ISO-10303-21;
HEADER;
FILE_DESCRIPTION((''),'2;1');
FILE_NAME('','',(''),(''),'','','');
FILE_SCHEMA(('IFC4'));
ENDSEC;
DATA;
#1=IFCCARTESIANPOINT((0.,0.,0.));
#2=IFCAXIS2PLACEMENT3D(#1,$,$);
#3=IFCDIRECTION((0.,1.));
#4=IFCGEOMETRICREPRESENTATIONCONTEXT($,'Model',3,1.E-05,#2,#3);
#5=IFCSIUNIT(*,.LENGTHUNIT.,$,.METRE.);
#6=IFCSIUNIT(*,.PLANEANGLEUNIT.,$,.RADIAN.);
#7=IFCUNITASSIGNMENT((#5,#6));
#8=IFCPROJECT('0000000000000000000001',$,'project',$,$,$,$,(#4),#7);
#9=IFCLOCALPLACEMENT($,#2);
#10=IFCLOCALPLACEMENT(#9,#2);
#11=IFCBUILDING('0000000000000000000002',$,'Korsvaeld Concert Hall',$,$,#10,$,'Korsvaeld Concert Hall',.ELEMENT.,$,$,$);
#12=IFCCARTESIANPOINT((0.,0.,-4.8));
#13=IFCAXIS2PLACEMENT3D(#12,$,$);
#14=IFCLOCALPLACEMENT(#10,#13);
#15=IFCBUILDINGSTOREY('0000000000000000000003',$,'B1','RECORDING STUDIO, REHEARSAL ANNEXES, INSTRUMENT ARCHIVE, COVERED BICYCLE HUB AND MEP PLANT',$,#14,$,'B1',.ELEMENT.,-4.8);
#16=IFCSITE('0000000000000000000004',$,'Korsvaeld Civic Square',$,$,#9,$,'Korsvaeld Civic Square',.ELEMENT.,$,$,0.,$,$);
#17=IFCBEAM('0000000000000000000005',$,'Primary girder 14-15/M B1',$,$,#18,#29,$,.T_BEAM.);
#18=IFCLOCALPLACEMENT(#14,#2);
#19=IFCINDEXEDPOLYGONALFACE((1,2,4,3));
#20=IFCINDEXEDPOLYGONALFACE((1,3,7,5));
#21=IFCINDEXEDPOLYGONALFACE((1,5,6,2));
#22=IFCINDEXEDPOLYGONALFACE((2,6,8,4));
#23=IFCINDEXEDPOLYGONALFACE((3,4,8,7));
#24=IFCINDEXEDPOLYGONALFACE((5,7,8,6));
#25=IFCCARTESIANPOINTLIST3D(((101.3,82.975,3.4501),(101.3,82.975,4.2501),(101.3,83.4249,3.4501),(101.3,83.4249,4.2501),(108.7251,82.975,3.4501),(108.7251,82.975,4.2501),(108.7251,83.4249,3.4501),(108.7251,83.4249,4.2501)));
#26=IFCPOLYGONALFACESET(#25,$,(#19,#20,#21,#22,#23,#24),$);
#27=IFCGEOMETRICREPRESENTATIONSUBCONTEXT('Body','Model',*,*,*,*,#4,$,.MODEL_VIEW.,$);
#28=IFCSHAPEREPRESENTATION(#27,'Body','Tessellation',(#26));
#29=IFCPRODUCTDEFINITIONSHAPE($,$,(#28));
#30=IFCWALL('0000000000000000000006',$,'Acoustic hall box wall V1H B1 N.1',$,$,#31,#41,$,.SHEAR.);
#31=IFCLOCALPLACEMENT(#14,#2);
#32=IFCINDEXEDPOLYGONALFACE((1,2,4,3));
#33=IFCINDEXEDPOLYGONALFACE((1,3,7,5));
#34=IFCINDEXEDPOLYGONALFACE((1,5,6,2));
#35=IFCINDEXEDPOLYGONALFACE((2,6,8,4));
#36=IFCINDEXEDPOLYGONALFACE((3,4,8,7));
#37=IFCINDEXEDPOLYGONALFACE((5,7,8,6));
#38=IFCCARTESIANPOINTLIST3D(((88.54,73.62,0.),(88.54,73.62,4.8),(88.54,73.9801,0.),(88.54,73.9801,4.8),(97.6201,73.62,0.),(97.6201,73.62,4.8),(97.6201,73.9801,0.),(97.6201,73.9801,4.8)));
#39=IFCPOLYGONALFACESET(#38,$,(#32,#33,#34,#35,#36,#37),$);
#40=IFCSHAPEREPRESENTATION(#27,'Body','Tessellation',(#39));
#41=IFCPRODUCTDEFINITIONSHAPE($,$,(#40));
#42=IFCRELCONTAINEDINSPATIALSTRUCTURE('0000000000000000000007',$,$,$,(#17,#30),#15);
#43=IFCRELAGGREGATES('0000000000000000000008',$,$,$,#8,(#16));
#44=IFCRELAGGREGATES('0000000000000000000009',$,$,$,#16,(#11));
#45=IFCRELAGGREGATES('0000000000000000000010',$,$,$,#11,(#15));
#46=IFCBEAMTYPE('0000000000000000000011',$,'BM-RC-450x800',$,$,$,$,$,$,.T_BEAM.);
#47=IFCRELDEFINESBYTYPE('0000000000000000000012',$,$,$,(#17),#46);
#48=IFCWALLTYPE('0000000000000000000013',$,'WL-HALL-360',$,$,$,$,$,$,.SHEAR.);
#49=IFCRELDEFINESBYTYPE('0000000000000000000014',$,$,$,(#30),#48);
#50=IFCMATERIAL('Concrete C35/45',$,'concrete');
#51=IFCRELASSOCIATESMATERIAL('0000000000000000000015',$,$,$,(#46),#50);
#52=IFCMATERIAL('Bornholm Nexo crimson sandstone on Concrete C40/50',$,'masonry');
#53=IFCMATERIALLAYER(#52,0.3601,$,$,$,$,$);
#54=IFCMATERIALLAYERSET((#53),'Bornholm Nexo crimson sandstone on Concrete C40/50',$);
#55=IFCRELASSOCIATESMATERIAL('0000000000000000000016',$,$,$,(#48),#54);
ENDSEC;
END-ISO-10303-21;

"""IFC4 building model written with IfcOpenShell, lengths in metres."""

from ifc_helpers import new_model, si_unit, direction, frame, frame_2d, origin, origin_2d, place, context, subcontext, project, spatial, rectangle, extrude, material, layer, layer_set, material_profile, profile_set, type_object, element, save


model = new_model("IFC4")

# Units and contexts
model_context = context("Model", 3, precision=1e-05, world=origin(), true_north=direction((0.0, 1.0)))
body_context = subcontext(model_context, "Body", "Model", "MODEL_VIEW")
ifc_project = project(units=[si_unit("LENGTHUNIT", "METRE"), si_unit("PLANEANGLEUNIT", "RADIAN")], contexts=[model_context])

# Site, building, storey
site_placement = place(None, origin())
site = spatial("IfcSite", under=ifc_project, at=site_placement, Name="Korsvaeld Civic Square", LongName="Korsvaeld Civic Square", CompositionType="ELEMENT", RefElevation=0.0)
building_placement = place(site_placement, origin())
building = spatial("IfcBuilding", under=site, at=building_placement, Name="Korsvaeld Concert Hall", LongName="Korsvaeld Concert Hall", CompositionType="ELEMENT")
storey_placement = place(building_placement, frame((0.0, 0.0, -4.8)))
storey = spatial("IfcBuildingStorey", under=building, at=storey_placement, Name="B1", Description="RECORDING STUDIO, REHEARSAL ANNEXES, INSTRUMENT ARCHIVE, COVERED BICYCLE HUB AND MEP PLANT", LongName="B1", CompositionType="ELEMENT", Elevation=-4.8)

# Shared definitions
ifc_material_1 = material(Name="Concrete C35/45", Category="concrete")

# Beam
ifc_material_profile_1 = material_profile(ifc_material_1, rectangle(XDim=0.45, YDim=0.8, at=origin_2d()), Name="RC 450x800")
ifc_profile_set_1 = profile_set([ifc_material_profile_1], Name="Concrete C35/45")
beam_type = type_object("IfcBeamType", Name="BM-RC-450x800", PredefinedType="T_BEAM", material=ifc_profile_set_1)
beam_placement = place(storey_placement, frame((101.3, 83.2, 3.8501), z_axis=(1.0, 0.0, 0.0), x_axis=(0.0, 1.0, 0.0)))
element("IfcBeam", 1, at=beam_placement, inside=storey, type_object=beam_type, Name="Primary girder 14-15/M B1", PredefinedType="T_BEAM", context=body_context, shape_type="SweptSolid", body=[
    extrude(rectangle(XDim=0.45, YDim=0.8, at=origin_2d()), origin(), (0.0, 0.0, 1.0), 7.425),
])

# Wall
ifc_material_2 = material(Name="Bornholm Nexo crimson sandstone on Concrete C40/50", Category="masonry")
ifc_layer = layer(ifc_material_2, 0.3601)
ifc_layer_set = layer_set([ifc_layer], Name="Bornholm Nexo crimson sandstone on Concrete C40/50")
wall_type = type_object("IfcWallType", Name="WL-HALL-360", PredefinedType="SHEAR", material=ifc_layer_set)
wall_placement = place(storey_placement, frame((97.6201, 73.8, 0.0), z_axis=(0.0, 0.0, 1.0), x_axis=(-1.0, 0.0, 0.0)))
element("IfcWall", 2, at=wall_placement, inside=storey, type_object=wall_type, Name="Acoustic hall box wall V1H B1 N.1", PredefinedType="SHEAR", context=body_context, shape_type="SweptSolid", body=[
    extrude(rectangle(XDim=9.0801, YDim=0.3601, at=frame_2d((4.54, 0.0))), origin(), (0.0, 0.0, 1.0), 4.8),
])

save(model, "model.ifc")
